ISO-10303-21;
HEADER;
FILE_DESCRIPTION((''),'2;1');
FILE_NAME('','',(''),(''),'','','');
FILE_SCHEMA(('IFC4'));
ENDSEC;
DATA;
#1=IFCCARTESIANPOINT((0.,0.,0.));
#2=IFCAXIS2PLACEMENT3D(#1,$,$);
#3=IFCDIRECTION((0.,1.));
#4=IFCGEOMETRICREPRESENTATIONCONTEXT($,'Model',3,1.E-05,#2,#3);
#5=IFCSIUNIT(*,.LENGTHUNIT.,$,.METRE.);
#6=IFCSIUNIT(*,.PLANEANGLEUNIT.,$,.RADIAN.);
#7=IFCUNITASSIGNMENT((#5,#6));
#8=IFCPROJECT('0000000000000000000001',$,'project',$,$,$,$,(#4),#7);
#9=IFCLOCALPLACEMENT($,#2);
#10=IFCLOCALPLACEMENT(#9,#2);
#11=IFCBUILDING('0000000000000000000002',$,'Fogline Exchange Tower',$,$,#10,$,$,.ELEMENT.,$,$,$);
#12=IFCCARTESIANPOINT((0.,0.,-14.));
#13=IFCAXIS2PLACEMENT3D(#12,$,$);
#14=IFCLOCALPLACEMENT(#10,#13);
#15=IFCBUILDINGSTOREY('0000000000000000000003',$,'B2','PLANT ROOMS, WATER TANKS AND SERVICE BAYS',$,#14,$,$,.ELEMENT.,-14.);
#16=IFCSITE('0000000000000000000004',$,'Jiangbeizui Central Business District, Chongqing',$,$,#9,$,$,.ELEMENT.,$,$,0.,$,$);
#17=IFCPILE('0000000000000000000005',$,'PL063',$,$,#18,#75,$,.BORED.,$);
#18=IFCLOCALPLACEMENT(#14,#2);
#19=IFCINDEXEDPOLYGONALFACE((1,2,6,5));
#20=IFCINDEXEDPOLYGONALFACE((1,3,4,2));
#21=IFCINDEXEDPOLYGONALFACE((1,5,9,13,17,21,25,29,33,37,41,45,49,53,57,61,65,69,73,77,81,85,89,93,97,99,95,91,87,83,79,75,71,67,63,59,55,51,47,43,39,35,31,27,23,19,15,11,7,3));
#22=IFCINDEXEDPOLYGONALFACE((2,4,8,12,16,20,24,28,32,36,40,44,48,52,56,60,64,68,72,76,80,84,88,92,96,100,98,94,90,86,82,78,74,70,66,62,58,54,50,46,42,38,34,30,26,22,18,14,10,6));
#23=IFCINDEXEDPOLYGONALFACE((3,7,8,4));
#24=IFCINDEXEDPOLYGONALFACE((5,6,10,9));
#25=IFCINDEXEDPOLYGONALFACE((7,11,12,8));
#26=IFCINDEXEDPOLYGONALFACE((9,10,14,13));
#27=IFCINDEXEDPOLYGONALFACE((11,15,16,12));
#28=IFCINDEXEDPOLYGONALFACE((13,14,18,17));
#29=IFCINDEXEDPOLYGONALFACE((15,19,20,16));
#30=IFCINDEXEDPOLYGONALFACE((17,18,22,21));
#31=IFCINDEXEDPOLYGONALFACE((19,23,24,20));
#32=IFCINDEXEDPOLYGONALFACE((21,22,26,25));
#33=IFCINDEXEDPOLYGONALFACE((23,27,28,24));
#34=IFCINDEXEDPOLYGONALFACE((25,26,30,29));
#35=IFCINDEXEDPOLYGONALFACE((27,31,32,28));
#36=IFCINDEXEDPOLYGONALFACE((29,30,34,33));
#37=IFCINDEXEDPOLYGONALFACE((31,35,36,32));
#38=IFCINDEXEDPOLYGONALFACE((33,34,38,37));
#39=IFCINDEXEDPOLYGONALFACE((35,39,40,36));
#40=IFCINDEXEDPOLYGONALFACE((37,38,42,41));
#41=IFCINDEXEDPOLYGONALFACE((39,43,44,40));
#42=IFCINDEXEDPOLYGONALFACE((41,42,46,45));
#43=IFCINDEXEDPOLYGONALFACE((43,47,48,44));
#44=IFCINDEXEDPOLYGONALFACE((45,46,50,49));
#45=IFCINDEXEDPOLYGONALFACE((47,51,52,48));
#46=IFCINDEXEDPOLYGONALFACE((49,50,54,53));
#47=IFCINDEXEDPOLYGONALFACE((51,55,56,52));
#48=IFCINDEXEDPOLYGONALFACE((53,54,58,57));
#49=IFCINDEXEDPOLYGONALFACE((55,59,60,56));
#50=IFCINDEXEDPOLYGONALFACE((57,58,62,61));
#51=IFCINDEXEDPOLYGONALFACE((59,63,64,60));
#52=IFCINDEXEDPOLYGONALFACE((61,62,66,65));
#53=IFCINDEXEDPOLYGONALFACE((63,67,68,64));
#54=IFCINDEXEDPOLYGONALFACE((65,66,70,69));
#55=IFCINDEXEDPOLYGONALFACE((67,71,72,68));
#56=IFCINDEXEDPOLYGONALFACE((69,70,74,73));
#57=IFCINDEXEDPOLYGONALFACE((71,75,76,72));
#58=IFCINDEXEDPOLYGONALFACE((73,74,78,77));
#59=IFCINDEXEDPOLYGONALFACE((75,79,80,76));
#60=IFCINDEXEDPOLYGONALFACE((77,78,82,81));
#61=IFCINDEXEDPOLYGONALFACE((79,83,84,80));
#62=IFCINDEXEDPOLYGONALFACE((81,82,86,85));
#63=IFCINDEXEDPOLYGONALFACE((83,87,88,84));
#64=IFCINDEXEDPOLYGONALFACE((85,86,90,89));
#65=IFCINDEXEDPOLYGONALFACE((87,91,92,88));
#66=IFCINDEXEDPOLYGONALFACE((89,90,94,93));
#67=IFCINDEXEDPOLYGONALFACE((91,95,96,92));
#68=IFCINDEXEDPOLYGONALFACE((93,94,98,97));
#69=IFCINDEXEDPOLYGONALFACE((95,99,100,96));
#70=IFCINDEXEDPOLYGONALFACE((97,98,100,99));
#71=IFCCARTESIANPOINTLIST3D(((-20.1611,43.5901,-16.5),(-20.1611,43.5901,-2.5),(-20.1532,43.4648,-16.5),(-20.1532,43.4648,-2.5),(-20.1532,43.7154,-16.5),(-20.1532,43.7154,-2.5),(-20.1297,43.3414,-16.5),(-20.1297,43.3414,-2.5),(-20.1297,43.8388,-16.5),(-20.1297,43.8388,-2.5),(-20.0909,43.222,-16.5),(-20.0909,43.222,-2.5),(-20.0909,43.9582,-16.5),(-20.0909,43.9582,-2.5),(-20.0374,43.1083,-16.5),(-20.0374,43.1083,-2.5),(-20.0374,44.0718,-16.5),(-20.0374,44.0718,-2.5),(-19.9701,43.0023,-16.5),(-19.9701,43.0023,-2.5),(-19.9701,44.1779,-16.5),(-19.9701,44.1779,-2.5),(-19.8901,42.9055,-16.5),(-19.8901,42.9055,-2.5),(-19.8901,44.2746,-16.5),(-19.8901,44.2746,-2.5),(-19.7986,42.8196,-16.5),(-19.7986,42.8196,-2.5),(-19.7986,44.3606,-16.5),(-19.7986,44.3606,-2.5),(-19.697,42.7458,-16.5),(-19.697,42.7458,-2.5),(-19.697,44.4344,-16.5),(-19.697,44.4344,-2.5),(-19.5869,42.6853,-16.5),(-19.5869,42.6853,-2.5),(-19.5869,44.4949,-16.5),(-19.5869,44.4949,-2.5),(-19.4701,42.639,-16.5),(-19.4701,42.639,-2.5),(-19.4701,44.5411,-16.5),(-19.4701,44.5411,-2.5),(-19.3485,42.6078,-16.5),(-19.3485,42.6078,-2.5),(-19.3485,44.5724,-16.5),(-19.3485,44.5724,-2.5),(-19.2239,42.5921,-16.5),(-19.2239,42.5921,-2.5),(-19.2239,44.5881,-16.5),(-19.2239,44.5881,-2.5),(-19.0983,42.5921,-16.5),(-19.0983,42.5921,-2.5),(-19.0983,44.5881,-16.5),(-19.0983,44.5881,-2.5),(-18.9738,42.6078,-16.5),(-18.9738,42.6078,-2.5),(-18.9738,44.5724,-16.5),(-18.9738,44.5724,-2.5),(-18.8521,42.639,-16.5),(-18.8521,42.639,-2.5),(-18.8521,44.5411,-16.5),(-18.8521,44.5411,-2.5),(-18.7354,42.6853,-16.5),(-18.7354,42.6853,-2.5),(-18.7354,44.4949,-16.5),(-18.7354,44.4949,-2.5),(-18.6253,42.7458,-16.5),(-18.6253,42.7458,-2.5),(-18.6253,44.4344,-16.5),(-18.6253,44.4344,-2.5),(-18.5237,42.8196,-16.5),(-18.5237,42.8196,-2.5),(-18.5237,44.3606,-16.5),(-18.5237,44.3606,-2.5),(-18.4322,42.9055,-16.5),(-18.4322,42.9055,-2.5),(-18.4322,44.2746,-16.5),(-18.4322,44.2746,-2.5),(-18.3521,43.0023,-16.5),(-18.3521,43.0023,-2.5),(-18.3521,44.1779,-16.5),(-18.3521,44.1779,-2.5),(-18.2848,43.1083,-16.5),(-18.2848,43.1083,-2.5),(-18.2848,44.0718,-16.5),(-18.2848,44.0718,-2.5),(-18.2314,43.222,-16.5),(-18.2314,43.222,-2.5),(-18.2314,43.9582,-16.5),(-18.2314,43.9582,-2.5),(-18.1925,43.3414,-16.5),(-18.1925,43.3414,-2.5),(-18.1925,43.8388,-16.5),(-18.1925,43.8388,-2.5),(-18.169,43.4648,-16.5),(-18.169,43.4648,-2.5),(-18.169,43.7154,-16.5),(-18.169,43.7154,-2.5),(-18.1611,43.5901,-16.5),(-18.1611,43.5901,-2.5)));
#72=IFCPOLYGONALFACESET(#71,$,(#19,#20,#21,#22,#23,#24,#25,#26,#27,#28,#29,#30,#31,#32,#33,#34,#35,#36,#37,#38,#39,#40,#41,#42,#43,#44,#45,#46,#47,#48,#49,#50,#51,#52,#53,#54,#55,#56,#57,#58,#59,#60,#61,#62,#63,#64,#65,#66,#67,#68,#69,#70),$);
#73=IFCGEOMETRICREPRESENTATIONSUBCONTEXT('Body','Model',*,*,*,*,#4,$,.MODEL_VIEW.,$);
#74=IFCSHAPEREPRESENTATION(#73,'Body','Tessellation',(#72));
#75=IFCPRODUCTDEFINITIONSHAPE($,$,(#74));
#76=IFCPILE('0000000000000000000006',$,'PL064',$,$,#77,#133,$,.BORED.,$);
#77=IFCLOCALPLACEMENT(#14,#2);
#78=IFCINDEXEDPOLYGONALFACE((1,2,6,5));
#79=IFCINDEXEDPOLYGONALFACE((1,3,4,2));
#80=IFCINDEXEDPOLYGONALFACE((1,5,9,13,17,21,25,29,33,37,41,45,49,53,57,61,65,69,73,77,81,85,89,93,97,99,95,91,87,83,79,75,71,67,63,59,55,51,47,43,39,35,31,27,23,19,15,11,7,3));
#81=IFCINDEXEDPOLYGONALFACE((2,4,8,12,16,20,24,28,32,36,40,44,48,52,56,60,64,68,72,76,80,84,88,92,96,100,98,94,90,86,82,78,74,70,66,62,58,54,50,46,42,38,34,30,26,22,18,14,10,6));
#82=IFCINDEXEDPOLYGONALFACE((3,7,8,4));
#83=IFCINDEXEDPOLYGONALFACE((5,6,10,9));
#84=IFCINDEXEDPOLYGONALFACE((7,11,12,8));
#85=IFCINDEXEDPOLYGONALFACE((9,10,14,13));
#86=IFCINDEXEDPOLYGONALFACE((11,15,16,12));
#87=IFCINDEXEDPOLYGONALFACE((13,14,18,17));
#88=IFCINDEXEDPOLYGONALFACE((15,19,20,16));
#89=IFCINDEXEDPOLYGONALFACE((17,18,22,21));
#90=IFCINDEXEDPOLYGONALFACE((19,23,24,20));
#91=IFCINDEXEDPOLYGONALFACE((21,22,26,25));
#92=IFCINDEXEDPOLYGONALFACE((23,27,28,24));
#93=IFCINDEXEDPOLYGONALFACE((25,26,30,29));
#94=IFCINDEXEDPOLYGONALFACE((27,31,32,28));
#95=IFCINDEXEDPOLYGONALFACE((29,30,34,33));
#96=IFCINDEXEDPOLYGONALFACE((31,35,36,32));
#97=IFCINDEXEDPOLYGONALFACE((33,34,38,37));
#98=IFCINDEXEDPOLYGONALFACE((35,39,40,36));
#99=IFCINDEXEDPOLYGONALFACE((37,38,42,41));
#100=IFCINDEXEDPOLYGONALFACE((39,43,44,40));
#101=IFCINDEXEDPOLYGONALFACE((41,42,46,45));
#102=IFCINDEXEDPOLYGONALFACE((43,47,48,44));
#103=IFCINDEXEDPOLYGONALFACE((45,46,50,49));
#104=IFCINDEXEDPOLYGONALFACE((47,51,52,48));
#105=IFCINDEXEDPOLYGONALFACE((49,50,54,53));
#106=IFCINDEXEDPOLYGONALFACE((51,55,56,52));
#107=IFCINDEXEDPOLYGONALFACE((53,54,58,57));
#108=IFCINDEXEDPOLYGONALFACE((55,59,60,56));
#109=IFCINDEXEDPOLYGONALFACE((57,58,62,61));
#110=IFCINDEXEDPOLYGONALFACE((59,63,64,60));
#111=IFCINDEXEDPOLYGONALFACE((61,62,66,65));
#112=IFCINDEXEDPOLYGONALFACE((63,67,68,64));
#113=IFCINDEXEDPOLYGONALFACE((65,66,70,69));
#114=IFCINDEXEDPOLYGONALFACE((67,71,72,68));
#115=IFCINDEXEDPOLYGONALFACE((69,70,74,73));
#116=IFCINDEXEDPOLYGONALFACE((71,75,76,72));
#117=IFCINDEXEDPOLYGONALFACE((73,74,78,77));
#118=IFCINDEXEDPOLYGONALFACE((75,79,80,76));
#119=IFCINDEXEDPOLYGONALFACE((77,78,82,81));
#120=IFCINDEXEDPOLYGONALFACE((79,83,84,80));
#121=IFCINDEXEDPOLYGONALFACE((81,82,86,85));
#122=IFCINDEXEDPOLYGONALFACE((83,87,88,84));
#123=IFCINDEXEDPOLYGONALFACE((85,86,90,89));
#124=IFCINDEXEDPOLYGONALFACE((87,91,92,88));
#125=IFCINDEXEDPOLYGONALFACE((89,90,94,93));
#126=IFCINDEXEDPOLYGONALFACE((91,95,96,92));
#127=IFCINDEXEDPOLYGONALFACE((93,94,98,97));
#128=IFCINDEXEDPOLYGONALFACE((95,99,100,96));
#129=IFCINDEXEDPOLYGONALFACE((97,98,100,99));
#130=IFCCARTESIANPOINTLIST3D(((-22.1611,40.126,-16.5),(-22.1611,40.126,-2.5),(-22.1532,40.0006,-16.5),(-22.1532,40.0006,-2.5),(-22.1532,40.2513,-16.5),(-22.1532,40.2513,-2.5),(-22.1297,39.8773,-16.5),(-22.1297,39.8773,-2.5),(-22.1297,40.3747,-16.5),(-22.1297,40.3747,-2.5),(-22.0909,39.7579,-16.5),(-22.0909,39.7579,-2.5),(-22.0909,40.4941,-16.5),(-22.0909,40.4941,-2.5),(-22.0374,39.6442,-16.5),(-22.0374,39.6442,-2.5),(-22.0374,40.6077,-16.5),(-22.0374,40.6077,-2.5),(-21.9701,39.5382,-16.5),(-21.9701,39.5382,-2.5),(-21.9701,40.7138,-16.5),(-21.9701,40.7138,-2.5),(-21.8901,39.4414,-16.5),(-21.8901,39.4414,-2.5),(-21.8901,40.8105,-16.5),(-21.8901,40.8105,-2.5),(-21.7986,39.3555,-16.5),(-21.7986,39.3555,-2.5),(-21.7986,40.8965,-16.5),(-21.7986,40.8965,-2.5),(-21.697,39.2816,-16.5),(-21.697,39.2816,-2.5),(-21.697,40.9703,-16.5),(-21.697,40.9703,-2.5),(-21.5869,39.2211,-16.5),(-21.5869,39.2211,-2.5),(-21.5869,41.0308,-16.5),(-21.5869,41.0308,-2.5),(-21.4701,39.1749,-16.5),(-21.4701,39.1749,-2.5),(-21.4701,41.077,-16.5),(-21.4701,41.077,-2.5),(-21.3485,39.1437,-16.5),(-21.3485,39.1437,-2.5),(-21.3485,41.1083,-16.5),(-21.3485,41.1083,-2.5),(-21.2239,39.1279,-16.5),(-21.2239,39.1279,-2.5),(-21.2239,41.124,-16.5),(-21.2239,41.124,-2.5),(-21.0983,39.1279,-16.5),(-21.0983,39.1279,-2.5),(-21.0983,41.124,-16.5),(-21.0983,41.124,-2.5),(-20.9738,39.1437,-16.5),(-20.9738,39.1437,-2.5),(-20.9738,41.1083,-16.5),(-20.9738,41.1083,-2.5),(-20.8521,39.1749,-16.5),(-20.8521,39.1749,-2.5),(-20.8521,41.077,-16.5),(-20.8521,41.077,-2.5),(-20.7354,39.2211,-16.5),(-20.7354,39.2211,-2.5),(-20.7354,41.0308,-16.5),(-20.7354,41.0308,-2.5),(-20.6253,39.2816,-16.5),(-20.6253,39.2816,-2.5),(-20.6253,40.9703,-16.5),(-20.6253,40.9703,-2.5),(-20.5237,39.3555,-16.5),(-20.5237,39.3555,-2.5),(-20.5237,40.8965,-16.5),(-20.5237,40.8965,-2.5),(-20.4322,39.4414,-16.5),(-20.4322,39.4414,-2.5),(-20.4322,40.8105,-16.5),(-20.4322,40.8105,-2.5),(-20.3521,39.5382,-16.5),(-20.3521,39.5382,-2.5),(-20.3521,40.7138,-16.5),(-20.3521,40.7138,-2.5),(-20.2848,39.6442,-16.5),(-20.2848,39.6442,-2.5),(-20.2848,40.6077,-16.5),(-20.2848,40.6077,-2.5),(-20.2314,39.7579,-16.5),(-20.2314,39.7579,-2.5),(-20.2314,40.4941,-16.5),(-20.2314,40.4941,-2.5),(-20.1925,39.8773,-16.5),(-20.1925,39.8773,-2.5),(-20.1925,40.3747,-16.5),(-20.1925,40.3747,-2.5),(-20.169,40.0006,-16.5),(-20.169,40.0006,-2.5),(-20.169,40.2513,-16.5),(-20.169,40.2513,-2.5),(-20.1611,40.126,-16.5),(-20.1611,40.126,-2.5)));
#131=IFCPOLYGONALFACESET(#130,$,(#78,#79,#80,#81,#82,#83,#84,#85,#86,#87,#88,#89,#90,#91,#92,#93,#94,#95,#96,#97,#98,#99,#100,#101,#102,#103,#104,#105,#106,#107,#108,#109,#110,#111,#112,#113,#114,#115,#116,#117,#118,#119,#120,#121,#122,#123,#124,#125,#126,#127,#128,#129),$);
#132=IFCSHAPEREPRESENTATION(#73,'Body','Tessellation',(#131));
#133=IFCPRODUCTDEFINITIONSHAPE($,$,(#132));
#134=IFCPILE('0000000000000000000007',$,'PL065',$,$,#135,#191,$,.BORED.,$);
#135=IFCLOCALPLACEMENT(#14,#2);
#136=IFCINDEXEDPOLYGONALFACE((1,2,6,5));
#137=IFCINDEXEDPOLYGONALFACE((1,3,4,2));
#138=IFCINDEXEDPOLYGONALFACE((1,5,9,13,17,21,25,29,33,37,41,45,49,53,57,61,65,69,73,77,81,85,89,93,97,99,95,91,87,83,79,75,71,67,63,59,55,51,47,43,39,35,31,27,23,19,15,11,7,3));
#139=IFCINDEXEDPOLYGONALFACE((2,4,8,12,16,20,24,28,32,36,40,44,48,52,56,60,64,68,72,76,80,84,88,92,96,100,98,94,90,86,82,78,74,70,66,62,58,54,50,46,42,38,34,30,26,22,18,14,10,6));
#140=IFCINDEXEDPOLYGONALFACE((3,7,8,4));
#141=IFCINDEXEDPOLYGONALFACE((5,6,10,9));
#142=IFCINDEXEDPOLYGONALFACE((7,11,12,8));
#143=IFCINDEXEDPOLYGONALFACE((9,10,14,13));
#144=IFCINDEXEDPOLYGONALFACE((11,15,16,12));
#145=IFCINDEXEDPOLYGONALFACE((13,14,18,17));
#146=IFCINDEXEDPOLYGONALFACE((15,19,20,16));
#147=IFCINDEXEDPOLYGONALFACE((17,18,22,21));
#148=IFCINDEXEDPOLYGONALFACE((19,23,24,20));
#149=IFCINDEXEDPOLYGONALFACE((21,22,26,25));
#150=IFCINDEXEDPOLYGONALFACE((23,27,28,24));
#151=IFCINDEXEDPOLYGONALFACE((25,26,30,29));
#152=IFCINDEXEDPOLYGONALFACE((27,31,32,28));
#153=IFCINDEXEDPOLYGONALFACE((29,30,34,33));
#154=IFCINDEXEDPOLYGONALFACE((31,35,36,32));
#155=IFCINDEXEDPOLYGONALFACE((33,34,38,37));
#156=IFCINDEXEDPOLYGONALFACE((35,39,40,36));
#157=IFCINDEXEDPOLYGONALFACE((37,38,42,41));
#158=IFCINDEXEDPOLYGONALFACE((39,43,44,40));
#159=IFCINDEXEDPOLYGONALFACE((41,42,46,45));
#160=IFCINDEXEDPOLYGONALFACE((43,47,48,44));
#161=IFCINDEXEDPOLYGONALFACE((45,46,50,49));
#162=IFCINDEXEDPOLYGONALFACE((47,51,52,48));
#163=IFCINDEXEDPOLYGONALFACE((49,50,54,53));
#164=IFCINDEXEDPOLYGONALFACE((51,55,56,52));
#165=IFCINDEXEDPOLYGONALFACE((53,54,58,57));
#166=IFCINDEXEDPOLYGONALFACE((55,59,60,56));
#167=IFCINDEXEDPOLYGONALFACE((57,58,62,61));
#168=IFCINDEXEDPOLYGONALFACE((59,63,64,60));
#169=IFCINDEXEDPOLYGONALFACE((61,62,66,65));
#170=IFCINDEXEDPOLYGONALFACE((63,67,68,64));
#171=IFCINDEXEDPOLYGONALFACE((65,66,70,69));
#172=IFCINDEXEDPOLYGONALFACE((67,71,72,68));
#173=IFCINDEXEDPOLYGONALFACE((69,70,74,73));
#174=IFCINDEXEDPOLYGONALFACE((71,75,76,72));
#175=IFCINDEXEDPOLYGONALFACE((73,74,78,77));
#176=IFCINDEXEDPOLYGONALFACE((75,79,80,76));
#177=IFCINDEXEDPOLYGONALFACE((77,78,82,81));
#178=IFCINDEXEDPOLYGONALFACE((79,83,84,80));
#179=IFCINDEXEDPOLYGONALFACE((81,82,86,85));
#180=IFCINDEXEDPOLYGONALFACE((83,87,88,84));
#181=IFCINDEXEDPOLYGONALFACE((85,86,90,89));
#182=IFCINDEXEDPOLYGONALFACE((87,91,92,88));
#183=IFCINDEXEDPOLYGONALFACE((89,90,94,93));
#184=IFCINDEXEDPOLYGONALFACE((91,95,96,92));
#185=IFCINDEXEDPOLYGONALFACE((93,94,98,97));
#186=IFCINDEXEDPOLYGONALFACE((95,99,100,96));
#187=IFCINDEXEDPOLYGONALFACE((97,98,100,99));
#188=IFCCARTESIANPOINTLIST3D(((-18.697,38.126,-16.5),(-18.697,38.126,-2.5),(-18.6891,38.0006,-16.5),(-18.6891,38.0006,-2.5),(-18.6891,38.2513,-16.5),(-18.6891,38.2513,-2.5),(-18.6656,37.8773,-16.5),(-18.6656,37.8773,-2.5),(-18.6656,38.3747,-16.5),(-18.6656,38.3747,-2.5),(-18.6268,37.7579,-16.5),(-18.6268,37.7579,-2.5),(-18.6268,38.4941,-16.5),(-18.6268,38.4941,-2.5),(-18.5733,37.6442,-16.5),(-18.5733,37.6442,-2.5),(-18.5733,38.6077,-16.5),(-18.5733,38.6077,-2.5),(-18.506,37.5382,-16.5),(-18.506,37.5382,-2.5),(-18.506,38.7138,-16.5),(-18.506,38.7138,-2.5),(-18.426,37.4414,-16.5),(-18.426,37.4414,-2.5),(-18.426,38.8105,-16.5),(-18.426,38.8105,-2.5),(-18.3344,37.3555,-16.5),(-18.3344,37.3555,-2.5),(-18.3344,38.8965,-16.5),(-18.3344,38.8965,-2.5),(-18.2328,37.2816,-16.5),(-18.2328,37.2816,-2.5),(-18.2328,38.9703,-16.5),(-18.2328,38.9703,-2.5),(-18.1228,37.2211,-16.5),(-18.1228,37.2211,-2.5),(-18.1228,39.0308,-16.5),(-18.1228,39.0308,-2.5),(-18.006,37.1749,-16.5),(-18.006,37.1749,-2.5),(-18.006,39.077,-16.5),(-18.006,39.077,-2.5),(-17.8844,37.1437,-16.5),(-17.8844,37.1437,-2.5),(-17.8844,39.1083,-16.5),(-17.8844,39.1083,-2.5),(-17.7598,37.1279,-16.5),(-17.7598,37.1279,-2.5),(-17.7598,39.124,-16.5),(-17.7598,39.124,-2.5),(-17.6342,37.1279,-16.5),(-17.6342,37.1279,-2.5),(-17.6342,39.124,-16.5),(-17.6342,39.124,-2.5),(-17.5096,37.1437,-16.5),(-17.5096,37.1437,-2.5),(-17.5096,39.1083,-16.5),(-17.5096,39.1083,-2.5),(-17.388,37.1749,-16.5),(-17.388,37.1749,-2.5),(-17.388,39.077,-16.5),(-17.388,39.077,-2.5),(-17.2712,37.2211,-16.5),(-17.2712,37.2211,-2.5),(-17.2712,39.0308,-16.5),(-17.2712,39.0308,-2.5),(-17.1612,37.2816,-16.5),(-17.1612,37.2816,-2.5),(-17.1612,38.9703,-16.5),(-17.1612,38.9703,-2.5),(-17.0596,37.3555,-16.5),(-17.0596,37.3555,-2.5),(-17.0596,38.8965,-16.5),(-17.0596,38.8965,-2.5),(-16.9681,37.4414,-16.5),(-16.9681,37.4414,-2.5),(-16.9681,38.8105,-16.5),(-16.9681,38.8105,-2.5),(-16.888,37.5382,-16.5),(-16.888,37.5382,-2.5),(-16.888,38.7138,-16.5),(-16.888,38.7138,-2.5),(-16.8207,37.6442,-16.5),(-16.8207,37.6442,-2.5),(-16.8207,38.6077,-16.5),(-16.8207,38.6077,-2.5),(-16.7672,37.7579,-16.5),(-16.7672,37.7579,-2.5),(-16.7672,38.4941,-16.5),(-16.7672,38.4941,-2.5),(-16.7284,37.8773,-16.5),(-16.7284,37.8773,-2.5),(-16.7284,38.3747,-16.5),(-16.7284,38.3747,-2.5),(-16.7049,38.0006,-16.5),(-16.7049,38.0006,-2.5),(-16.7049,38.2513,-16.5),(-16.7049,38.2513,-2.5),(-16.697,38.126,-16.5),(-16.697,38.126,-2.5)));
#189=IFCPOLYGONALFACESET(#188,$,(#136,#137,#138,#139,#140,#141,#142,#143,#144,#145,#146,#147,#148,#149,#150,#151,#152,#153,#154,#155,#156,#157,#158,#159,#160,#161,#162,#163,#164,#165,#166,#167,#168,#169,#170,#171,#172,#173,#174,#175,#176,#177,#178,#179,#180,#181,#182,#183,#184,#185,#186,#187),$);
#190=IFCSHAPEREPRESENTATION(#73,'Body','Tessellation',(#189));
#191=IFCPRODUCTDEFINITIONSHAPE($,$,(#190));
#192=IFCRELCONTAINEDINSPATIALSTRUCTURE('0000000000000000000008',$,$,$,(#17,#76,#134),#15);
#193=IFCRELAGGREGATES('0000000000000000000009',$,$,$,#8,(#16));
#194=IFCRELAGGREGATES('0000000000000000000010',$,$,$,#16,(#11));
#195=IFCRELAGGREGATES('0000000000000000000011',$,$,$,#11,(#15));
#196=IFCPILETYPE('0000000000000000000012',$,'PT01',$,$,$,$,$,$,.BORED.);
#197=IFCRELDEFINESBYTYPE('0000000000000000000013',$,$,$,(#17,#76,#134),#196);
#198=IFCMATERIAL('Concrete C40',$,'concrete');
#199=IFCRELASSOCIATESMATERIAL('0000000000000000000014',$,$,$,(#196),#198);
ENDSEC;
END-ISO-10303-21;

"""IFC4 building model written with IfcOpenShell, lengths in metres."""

from ifc_helpers import new_model, si_unit, direction, frame, origin, origin_2d, place, context, subcontext, project, spatial, circle, extrude, material, material_profile, profile_set, type_object, element, save


model = new_model("IFC4")

# Units and contexts
model_context = context("Model", 3, precision=1e-05, world=origin(), true_north=direction((0.0, 1.0)))
body_context = subcontext(model_context, "Body", "Model", "MODEL_VIEW")
ifc_project = project(units=[si_unit("LENGTHUNIT", "METRE"), si_unit("PLANEANGLEUNIT", "RADIAN")], contexts=[model_context])

# Site, building, storey
site_placement = place(None, origin())
site = spatial("IfcSite", under=ifc_project, at=site_placement, Name="Jiangbeizui Central Business District, Chongqing", CompositionType="ELEMENT", RefElevation=0.0)
building_placement = place(site_placement, origin())
building = spatial("IfcBuilding", under=site, at=building_placement, Name="Fogline Exchange Tower", CompositionType="ELEMENT")
storey_placement = place(building_placement, frame((0.0, 0.0, -14.0)))
storey = spatial("IfcBuildingStorey", under=building, at=storey_placement, Name="B2", Description="PLANT ROOMS, WATER TANKS AND SERVICE BAYS", CompositionType="ELEMENT", Elevation=-14.0)

# Piles
ifc_material_1 = material(Name="Concrete C40", Category="concrete")
ifc_material_profile_1 = material_profile(ifc_material_1, circle(Radius=1.0, at=origin_2d()), Name="RC D2000")
ifc_profile_set_1 = profile_set([ifc_material_profile_1], Name="Concrete C40")
pile_type = type_object("IfcPileType", Name="PT01", PredefinedType="BORED", material=ifc_profile_set_1)
for number, where, z_axis, x_axis, name in (
    (1, (-19.1611, 43.5901, -2.5), (0.0, 0.0, -1.0), (1.0, 0.0, 0.0), "PL063"),
    (2, (-21.1611, 40.126, -2.5), (0.0, 0.0, -1.0), (1.0, 0.0, 0.0), "PL064"),
    (3, (-17.697, 38.126, -2.5), (0.0, 0.0, -1.0), (1.0, 0.0, 0.0), "PL065"),
):
    element("IfcPile", number, at=place(storey_placement, frame(where, z_axis=z_axis, x_axis=x_axis)), inside=storey, type_object=pile_type, Name=name, PredefinedType="BORED", context=body_context, shape_type="SweptSolid", body=[
        extrude(circle(Radius=1.0, at=origin_2d()), origin(), (0.0, 0.0, 1.0), 14.0),
    ])

save(model, "model.ifc")
